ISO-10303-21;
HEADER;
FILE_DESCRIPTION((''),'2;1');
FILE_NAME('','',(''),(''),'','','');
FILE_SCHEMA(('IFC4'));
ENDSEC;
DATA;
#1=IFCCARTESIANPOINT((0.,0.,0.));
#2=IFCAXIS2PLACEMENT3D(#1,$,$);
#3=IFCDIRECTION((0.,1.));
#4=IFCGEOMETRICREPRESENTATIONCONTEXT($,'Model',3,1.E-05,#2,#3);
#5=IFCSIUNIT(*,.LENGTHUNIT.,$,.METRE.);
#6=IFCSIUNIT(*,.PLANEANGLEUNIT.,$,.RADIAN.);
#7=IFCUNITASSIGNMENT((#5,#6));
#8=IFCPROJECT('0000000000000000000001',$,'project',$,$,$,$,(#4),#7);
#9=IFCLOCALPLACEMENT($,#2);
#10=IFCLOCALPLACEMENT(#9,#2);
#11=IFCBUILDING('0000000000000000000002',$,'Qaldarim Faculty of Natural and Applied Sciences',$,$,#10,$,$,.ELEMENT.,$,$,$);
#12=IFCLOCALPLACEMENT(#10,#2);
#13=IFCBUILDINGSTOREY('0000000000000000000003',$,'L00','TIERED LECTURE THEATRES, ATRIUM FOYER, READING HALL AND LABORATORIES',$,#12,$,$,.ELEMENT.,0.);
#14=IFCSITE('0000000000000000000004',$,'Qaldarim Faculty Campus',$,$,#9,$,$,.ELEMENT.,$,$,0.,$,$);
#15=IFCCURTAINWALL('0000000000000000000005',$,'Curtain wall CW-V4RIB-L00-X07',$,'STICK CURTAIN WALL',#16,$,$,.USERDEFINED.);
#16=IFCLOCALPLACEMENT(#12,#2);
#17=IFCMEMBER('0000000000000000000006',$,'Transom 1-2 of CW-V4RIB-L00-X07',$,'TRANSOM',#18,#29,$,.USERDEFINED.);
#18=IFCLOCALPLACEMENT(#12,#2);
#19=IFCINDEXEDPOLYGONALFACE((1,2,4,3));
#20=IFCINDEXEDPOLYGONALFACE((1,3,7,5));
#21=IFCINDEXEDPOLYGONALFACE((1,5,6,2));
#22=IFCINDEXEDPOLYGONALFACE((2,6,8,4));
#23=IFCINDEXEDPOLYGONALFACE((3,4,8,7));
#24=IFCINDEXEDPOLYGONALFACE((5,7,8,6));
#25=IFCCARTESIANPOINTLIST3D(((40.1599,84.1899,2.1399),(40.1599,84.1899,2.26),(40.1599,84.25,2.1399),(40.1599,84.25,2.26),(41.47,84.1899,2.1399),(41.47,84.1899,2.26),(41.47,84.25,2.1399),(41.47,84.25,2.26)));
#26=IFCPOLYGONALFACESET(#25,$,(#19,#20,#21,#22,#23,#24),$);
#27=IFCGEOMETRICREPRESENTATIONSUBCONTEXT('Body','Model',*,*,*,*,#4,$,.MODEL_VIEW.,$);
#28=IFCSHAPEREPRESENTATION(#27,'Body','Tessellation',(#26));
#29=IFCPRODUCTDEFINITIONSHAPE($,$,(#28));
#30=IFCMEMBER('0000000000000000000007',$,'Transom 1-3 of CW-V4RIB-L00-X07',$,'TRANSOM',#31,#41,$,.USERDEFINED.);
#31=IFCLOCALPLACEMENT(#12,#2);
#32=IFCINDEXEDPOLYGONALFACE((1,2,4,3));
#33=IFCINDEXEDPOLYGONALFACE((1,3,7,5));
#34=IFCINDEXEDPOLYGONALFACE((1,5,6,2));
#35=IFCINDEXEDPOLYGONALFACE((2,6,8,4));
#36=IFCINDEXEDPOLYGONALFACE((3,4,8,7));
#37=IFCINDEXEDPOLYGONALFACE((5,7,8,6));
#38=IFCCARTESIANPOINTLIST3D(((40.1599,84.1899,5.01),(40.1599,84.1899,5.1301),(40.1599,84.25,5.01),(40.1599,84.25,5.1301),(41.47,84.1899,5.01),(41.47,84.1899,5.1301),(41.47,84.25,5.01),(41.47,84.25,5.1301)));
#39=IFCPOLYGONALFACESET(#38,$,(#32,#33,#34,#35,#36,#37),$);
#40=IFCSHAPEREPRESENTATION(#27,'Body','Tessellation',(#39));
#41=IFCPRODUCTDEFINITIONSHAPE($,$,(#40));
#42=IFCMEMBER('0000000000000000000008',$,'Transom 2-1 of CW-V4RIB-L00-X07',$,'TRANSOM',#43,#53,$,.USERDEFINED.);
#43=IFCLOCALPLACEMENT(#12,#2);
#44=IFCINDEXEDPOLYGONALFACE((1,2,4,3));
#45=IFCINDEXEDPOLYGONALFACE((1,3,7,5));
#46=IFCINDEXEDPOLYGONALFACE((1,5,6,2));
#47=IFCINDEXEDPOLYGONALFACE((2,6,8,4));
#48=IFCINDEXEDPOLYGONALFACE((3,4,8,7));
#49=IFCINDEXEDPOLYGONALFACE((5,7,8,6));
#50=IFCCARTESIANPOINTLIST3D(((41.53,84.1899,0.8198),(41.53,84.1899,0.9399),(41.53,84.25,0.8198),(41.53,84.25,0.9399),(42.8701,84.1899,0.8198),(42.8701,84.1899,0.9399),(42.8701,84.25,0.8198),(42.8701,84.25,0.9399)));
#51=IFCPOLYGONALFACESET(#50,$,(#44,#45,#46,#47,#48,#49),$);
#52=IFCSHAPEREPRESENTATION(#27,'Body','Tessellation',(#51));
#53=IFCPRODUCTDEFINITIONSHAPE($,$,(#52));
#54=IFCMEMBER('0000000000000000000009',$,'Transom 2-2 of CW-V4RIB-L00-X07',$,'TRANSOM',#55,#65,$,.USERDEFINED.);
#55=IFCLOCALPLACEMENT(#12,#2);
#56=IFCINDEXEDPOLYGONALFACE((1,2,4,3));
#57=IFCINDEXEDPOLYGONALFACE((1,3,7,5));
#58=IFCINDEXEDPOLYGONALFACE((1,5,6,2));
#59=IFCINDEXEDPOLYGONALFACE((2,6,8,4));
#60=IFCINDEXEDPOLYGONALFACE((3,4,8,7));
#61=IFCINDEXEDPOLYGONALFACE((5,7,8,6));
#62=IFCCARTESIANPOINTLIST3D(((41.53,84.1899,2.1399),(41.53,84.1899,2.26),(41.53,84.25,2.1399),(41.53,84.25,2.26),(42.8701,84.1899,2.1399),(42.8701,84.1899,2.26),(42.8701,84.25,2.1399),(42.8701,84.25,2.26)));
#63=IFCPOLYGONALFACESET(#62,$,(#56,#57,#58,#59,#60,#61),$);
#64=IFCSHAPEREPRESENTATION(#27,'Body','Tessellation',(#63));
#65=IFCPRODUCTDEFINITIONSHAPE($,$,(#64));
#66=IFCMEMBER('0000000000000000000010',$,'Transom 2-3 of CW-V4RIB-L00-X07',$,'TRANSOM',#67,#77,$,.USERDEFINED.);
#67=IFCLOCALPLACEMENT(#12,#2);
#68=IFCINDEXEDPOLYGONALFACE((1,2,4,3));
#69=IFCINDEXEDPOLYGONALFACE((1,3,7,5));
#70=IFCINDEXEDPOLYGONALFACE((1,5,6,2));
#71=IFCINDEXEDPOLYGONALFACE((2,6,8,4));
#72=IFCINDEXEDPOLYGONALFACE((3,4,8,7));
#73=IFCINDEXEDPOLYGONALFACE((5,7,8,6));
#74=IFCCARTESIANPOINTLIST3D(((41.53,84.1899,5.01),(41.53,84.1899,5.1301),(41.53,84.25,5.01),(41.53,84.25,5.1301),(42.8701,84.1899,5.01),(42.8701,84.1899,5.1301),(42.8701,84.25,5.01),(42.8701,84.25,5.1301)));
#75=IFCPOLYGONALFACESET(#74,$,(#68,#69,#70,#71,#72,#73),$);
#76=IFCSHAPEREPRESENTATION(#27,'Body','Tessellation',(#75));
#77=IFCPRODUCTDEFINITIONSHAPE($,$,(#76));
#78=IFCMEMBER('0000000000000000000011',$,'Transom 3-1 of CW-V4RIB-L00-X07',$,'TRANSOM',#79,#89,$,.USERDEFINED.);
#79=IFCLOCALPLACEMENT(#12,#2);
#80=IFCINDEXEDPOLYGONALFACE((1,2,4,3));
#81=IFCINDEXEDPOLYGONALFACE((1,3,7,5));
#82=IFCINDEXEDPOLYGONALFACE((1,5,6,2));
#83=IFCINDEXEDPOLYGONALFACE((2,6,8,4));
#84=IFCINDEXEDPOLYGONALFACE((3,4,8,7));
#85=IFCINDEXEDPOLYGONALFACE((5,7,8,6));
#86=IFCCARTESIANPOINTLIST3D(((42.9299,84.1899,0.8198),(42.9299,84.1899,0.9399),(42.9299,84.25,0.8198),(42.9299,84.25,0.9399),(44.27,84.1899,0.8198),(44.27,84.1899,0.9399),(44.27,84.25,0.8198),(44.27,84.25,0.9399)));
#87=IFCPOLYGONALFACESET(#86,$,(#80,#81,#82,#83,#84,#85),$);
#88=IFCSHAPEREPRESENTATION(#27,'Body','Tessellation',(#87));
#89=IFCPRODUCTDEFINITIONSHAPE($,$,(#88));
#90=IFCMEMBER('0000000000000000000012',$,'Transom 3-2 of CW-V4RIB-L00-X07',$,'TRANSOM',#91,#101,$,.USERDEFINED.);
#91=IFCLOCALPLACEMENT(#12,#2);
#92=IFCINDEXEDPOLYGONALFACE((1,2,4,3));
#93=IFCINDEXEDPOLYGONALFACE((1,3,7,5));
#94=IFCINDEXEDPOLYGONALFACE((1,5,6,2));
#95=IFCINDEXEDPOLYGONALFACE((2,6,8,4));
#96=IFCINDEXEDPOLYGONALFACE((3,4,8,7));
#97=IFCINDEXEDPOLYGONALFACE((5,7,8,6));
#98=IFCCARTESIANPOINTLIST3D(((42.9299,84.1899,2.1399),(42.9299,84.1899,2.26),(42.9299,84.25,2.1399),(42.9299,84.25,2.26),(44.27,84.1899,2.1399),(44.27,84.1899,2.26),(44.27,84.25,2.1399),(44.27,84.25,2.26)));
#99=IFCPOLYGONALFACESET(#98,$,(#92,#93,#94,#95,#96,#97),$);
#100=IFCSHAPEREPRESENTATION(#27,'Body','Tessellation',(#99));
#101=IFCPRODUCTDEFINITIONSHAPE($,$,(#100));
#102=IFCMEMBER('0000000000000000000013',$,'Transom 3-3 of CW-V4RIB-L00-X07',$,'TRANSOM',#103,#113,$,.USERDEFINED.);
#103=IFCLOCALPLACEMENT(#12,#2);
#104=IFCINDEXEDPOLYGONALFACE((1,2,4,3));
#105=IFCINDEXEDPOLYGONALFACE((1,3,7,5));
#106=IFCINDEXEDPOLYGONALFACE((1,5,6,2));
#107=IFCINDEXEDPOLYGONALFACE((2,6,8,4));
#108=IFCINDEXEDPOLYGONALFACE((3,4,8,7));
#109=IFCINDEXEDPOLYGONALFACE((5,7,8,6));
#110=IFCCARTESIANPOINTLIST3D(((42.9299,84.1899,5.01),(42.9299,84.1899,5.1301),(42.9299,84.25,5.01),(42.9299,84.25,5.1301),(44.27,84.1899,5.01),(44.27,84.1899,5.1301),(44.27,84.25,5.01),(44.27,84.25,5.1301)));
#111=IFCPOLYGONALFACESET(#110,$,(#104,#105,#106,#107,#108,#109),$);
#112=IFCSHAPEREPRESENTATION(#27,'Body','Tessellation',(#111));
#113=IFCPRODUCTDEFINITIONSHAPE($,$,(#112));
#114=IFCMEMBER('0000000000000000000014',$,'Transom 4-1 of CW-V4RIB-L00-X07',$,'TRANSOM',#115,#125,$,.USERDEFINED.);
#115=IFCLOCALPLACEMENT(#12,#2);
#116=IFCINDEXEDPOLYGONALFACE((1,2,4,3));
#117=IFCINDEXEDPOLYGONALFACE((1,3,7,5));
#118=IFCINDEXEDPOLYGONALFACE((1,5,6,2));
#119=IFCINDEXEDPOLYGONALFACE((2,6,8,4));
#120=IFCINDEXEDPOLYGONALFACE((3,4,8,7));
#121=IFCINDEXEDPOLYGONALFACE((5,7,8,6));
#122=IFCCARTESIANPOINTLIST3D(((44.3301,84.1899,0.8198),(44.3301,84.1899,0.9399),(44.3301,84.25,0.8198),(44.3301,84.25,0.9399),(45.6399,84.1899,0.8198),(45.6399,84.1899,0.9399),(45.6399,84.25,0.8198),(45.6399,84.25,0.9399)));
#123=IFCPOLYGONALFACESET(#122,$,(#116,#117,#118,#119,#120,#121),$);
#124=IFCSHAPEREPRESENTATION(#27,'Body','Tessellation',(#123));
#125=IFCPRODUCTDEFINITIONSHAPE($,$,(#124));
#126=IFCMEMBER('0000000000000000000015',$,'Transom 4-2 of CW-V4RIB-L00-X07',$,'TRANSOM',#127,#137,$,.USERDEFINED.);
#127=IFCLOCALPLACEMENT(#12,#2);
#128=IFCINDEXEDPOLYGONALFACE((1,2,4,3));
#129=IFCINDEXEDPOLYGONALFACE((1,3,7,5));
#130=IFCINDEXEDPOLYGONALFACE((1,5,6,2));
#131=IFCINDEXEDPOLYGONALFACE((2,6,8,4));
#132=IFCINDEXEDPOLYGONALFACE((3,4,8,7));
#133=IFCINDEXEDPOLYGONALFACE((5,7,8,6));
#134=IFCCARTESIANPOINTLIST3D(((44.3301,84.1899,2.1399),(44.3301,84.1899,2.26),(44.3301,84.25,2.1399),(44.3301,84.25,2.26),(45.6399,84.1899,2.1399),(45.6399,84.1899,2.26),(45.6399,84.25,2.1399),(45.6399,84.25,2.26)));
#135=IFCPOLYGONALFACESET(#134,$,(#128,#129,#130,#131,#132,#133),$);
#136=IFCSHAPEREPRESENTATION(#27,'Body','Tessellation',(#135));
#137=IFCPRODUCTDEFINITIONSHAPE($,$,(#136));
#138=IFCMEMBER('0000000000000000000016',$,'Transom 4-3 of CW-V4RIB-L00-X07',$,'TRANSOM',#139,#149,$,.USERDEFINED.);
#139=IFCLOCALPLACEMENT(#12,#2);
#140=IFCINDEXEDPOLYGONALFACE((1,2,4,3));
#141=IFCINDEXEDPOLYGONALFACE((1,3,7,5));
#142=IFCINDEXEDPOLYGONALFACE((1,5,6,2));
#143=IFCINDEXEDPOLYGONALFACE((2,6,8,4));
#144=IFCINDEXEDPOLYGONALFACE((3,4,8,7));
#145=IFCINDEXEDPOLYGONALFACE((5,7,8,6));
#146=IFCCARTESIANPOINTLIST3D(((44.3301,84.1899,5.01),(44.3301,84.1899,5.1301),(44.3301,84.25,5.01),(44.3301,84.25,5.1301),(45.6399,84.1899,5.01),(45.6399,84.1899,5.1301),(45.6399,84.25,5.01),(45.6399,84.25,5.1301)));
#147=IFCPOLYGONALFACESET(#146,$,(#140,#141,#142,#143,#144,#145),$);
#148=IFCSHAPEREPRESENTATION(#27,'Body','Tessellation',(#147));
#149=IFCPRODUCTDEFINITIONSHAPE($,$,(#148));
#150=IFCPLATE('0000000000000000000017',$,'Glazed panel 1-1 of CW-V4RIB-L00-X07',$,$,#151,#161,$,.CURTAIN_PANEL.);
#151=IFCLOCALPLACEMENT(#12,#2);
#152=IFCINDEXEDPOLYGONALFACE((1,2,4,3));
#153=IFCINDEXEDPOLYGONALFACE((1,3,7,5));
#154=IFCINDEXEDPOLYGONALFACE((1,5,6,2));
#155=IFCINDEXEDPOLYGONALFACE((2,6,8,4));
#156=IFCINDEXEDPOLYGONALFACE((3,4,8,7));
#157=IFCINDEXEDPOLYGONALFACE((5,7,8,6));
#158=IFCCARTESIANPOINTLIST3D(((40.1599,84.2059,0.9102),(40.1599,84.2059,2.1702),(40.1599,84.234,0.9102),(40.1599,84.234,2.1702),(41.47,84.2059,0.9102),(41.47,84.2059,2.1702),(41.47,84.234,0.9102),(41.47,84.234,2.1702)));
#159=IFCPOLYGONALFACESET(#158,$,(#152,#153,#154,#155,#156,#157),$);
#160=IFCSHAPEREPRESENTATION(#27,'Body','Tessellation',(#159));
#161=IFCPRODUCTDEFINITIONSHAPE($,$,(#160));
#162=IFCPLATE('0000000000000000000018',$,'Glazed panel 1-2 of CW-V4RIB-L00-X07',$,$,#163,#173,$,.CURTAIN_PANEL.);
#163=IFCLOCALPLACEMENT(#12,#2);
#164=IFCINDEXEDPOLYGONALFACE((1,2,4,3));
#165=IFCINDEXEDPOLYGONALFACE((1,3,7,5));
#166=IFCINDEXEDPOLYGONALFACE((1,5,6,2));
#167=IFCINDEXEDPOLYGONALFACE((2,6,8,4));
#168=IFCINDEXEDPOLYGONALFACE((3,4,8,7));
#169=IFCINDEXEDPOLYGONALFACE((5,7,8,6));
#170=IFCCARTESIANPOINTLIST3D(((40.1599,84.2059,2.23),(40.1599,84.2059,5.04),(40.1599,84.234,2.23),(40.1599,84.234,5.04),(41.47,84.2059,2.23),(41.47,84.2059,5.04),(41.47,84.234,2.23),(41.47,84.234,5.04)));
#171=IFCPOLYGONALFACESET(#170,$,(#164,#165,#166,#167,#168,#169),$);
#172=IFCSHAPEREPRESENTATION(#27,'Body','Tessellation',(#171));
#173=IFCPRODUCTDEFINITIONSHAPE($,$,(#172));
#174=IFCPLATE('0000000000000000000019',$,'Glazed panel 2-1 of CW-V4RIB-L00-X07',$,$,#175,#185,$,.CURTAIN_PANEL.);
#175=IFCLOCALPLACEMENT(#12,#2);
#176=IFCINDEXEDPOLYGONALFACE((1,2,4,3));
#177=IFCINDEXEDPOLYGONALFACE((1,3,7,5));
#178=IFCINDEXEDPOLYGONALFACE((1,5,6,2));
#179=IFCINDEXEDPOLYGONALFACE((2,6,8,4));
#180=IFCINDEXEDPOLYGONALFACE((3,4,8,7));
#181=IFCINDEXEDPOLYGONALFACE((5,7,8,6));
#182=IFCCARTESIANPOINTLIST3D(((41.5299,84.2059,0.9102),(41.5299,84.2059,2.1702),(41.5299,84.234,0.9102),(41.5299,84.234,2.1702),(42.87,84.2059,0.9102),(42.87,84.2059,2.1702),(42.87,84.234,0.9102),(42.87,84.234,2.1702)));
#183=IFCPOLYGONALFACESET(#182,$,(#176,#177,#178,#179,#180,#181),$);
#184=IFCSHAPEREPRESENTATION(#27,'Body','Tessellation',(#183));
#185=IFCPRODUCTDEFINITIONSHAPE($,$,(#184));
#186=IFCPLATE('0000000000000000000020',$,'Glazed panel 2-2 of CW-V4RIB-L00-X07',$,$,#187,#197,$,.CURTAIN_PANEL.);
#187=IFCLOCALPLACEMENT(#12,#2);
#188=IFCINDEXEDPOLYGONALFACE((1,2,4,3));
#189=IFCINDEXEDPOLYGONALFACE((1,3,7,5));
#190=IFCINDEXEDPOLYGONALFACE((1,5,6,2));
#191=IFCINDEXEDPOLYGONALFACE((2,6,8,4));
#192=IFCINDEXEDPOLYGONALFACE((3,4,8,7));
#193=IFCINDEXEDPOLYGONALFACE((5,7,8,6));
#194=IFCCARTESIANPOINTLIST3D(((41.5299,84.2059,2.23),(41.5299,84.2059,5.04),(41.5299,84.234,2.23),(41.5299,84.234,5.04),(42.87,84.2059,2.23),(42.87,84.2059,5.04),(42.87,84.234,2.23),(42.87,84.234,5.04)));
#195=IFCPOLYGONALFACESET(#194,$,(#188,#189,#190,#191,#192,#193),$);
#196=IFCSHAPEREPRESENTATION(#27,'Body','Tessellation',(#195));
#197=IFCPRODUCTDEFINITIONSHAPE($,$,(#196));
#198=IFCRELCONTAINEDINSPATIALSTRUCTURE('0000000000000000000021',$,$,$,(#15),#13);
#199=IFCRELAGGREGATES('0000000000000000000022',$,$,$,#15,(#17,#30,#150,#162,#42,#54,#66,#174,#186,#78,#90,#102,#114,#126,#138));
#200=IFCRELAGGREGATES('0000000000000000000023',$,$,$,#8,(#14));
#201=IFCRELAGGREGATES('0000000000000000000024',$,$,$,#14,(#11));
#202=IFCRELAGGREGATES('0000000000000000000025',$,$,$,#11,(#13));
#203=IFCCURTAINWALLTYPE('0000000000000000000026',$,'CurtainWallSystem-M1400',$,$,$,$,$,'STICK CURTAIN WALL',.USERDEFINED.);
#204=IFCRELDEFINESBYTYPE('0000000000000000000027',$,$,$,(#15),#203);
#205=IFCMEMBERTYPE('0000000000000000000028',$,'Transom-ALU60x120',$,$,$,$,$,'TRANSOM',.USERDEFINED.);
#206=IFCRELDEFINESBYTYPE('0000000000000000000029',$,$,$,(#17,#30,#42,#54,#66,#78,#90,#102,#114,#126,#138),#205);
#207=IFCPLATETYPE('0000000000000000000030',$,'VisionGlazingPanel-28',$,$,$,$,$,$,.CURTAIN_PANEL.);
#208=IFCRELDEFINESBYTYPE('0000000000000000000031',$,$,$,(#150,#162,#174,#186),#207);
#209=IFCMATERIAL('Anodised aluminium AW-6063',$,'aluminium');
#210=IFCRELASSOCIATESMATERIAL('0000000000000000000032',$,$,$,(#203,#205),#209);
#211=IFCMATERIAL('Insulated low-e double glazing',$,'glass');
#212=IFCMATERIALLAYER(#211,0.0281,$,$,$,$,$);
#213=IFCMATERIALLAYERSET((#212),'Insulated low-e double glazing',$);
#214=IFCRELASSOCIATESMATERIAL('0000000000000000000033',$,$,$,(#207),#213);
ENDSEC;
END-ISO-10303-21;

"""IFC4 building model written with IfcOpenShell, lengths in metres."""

from ifc_helpers import new_model, si_unit, direction, frame, origin, origin_2d, place, context, subcontext, project, spatial, rectangle, extrude, material, layer, layer_set, material_profile, profile_set, type_object, element, aggregate, save


model = new_model("IFC4")

# Units and contexts
model_context = context("Model", 3, precision=1e-05, world=origin(), true_north=direction((0.0, 1.0)))
body_context = subcontext(model_context, "Body", "Model", "MODEL_VIEW")
ifc_project = project(units=[si_unit("LENGTHUNIT", "METRE"), si_unit("PLANEANGLEUNIT", "RADIAN")], contexts=[model_context])

# Site, building, storey
site_placement = place(None, origin())
site = spatial("IfcSite", under=ifc_project, at=site_placement, Name="Qaldarim Faculty Campus", CompositionType="ELEMENT", RefElevation=0.0)
building_placement = place(site_placement, origin())
building = spatial("IfcBuilding", under=site, at=building_placement, Name="Qaldarim Faculty of Natural and Applied Sciences", CompositionType="ELEMENT")
storey_placement = place(building_placement, origin())
storey = spatial("IfcBuildingStorey", under=building, at=storey_placement, Name="L00", Description="TIERED LECTURE THEATRES, ATRIUM FOYER, READING HALL AND LABORATORIES", CompositionType="ELEMENT", Elevation=0.0)

# Curtain wall
ifc_material_1 = material(Name="Anodised aluminium AW-6063", Category="aluminium")
curtain_wall_type = type_object("IfcCurtainWallType", Name="CurtainWallSystem-M1400", ElementType="STICK CURTAIN WALL", PredefinedType="USERDEFINED", material=ifc_material_1)
curtain_wall_placement = place(storey_placement, origin())
curtain_wall = element("IfcCurtainWall", 1, at=curtain_wall_placement, inside=storey, type_object=curtain_wall_type, Name="Curtain wall CW-V4RIB-L00-X07", ObjectType="STICK CURTAIN WALL", PredefinedType="USERDEFINED")

# Members
ifc_material_profile_1 = material_profile(ifc_material_1, rectangle(XDim=0.0601, YDim=0.1201, at=origin_2d()), Name="ALU-T60x120")
ifc_profile_set_1 = profile_set([ifc_material_profile_1], Name="Anodised aluminium AW-6063")
member_type_1 = type_object("IfcMemberType", Name="Transom-ALU60x120", ElementType="TRANSOM", PredefinedType="USERDEFINED", material=ifc_profile_set_1)
member_1_placement = place(storey_placement, frame((40.1599, 84.22, 2.2), z_axis=(1.0, 0.0, 0.0), x_axis=(0.0, 1.0, 0.0)))
member_1 = element("IfcMember", 2, at=member_1_placement, type_object=member_type_1, Name="Transom 1-2 of CW-V4RIB-L00-X07", ObjectType="TRANSOM", PredefinedType="USERDEFINED", context=body_context, shape_type="SweptSolid", body=[
    extrude(rectangle(XDim=0.0601, YDim=0.1201, at=origin_2d()), origin(), (0.0, 0.0, 1.0), 1.3101),
])
member_2_placement = place(storey_placement, frame((40.1599, 84.22, 5.0701), z_axis=(1.0, 0.0, 0.0), x_axis=(0.0, 1.0, 0.0)))
member_2 = element("IfcMember", 3, at=member_2_placement, type_object=member_type_1, Name="Transom 1-3 of CW-V4RIB-L00-X07", ObjectType="TRANSOM", PredefinedType="USERDEFINED", context=body_context, shape_type="SweptSolid", body=[
    extrude(rectangle(XDim=0.0601, YDim=0.1201, at=origin_2d()), origin(), (0.0, 0.0, 1.0), 1.3101),
])
member_3_placement = place(storey_placement, frame((41.53, 84.22, 0.8799), z_axis=(1.0, 0.0, 0.0), x_axis=(0.0, 1.0, 0.0)))
member_3 = element("IfcMember", 4, at=member_3_placement, type_object=member_type_1, Name="Transom 2-1 of CW-V4RIB-L00-X07", ObjectType="TRANSOM", PredefinedType="USERDEFINED", context=body_context, shape_type="SweptSolid", body=[
    extrude(rectangle(XDim=0.0601, YDim=0.1201, at=origin_2d()), origin(), (0.0, 0.0, 1.0), 1.3401),
])
member_4_placement = place(storey_placement, frame((41.53, 84.22, 2.2), z_axis=(1.0, 0.0, 0.0), x_axis=(0.0, 1.0, 0.0)))
member_4 = element("IfcMember", 5, at=member_4_placement, type_object=member_type_1, Name="Transom 2-2 of CW-V4RIB-L00-X07", ObjectType="TRANSOM", PredefinedType="USERDEFINED", context=body_context, shape_type="SweptSolid", body=[
    extrude(rectangle(XDim=0.0601, YDim=0.1201, at=origin_2d()), origin(), (0.0, 0.0, 1.0), 1.3401),
])
member_5_placement = place(storey_placement, frame((41.53, 84.22, 5.0701), z_axis=(1.0, 0.0, 0.0), x_axis=(0.0, 1.0, 0.0)))
member_5 = element("IfcMember", 6, at=member_5_placement, type_object=member_type_1, Name="Transom 2-3 of CW-V4RIB-L00-X07", ObjectType="TRANSOM", PredefinedType="USERDEFINED", context=body_context, shape_type="SweptSolid", body=[
    extrude(rectangle(XDim=0.0601, YDim=0.1201, at=origin_2d()), origin(), (0.0, 0.0, 1.0), 1.3401),
])
member_6_placement = place(storey_placement, frame((42.9299, 84.22, 0.8799), z_axis=(1.0, 0.0, 0.0), x_axis=(0.0, 1.0, 0.0)))
member_6 = element("IfcMember", 7, at=member_6_placement, type_object=member_type_1, Name="Transom 3-1 of CW-V4RIB-L00-X07", ObjectType="TRANSOM", PredefinedType="USERDEFINED", context=body_context, shape_type="SweptSolid", body=[
    extrude(rectangle(XDim=0.0601, YDim=0.1201, at=origin_2d()), origin(), (0.0, 0.0, 1.0), 1.3401),
])
member_7_placement = place(storey_placement, frame((42.9299, 84.22, 2.2), z_axis=(1.0, 0.0, 0.0), x_axis=(0.0, 1.0, 0.0)))
member_7 = element("IfcMember", 8, at=member_7_placement, type_object=member_type_1, Name="Transom 3-2 of CW-V4RIB-L00-X07", ObjectType="TRANSOM", PredefinedType="USERDEFINED", context=body_context, shape_type="SweptSolid", body=[
    extrude(rectangle(XDim=0.0601, YDim=0.1201, at=origin_2d()), origin(), (0.0, 0.0, 1.0), 1.3401),
])
member_8_placement = place(storey_placement, frame((42.9299, 84.22, 5.0701), z_axis=(1.0, 0.0, 0.0), x_axis=(0.0, 1.0, 0.0)))
member_8 = element("IfcMember", 9, at=member_8_placement, type_object=member_type_1, Name="Transom 3-3 of CW-V4RIB-L00-X07", ObjectType="TRANSOM", PredefinedType="USERDEFINED", context=body_context, shape_type="SweptSolid", body=[
    extrude(rectangle(XDim=0.0601, YDim=0.1201, at=origin_2d()), origin(), (0.0, 0.0, 1.0), 1.3401),
])
member_9_placement = place(storey_placement, frame((44.3301, 84.22, 0.8799), z_axis=(1.0, 0.0, 0.0), x_axis=(0.0, 1.0, 0.0)))
member_9 = element("IfcMember", 10, at=member_9_placement, type_object=member_type_1, Name="Transom 4-1 of CW-V4RIB-L00-X07", ObjectType="TRANSOM", PredefinedType="USERDEFINED", context=body_context, shape_type="SweptSolid", body=[
    extrude(rectangle(XDim=0.0601, YDim=0.1201, at=origin_2d()), origin(), (0.0, 0.0, 1.0), 1.3098),
])
member_10_placement = place(storey_placement, frame((44.3301, 84.22, 2.2), z_axis=(1.0, 0.0, 0.0), x_axis=(0.0, 1.0, 0.0)))
member_10 = element("IfcMember", 11, at=member_10_placement, type_object=member_type_1, Name="Transom 4-2 of CW-V4RIB-L00-X07", ObjectType="TRANSOM", PredefinedType="USERDEFINED", context=body_context, shape_type="SweptSolid", body=[
    extrude(rectangle(XDim=0.0601, YDim=0.1201, at=origin_2d()), origin(), (0.0, 0.0, 1.0), 1.3098),
])
member_11_placement = place(storey_placement, frame((44.3301, 84.22, 5.0701), z_axis=(1.0, 0.0, 0.0), x_axis=(0.0, 1.0, 0.0)))
member_11 = element("IfcMember", 12, at=member_11_placement, type_object=member_type_1, Name="Transom 4-3 of CW-V4RIB-L00-X07", ObjectType="TRANSOM", PredefinedType="USERDEFINED", context=body_context, shape_type="SweptSolid", body=[
    extrude(rectangle(XDim=0.0601, YDim=0.1201, at=origin_2d()), origin(), (0.0, 0.0, 1.0), 1.3098),
])

# Plates
ifc_material_2 = material(Name="Insulated low-e double glazing", Category="glass")
ifc_layer_1 = layer(ifc_material_2, 0.0281)
ifc_layer_set_1 = layer_set([ifc_layer_1], Name="Insulated low-e double glazing")
plate_type = type_object("IfcPlateType", Name="VisionGlazingPanel-28", PredefinedType="CURTAIN_PANEL", material=ifc_layer_set_1)
plate_1_placement = place(storey_placement, frame((40.8149, 84.22, 0.9102), z_axis=(0.0, 0.0, 1.0), x_axis=(1.0, 0.0, 0.0)))
plate_1 = element("IfcPlate", 13, at=plate_1_placement, type_object=plate_type, Name="Glazed panel 1-1 of CW-V4RIB-L00-X07", PredefinedType="CURTAIN_PANEL", context=body_context, shape_type="SweptSolid", body=[
    extrude(rectangle(XDim=1.3101, YDim=0.0281, at=origin_2d()), origin(), (0.0, 0.0, 1.0), 1.26),
])
plate_2_placement = place(storey_placement, frame((40.8149, 84.22, 2.23), z_axis=(0.0, 0.0, 1.0), x_axis=(1.0, 0.0, 0.0)))
plate_2 = element("IfcPlate", 14, at=plate_2_placement, type_object=plate_type, Name="Glazed panel 1-2 of CW-V4RIB-L00-X07", PredefinedType="CURTAIN_PANEL", context=body_context, shape_type="SweptSolid", body=[
    extrude(rectangle(XDim=1.3101, YDim=0.0281, at=origin_2d()), origin(), (0.0, 0.0, 1.0), 2.8101),
])
plate_3_placement = place(storey_placement, frame((42.2, 84.22, 0.9102), z_axis=(0.0, 0.0, 1.0), x_axis=(1.0, 0.0, 0.0)))
plate_3 = element("IfcPlate", 15, at=plate_3_placement, type_object=plate_type, Name="Glazed panel 2-1 of CW-V4RIB-L00-X07", PredefinedType="CURTAIN_PANEL", context=body_context, shape_type="SweptSolid", body=[
    extrude(rectangle(XDim=1.3401, YDim=0.0281, at=origin_2d()), origin(), (0.0, 0.0, 1.0), 1.26),
])
plate_4_placement = place(storey_placement, frame((42.2, 84.22, 2.23), z_axis=(0.0, 0.0, 1.0), x_axis=(1.0, 0.0, 0.0)))
plate_4 = element("IfcPlate", 16, at=plate_4_placement, type_object=plate_type, Name="Glazed panel 2-2 of CW-V4RIB-L00-X07", PredefinedType="CURTAIN_PANEL", context=body_context, shape_type="SweptSolid", body=[
    extrude(rectangle(XDim=1.3401, YDim=0.0281, at=origin_2d()), origin(), (0.0, 0.0, 1.0), 2.8101),
])
aggregate(curtain_wall, [member_1, member_2, plate_1, plate_2, member_3, member_4, member_5, plate_3, plate_4, member_6, member_7, member_8, member_9, member_10, member_11])

save(model, "model.ifc")
